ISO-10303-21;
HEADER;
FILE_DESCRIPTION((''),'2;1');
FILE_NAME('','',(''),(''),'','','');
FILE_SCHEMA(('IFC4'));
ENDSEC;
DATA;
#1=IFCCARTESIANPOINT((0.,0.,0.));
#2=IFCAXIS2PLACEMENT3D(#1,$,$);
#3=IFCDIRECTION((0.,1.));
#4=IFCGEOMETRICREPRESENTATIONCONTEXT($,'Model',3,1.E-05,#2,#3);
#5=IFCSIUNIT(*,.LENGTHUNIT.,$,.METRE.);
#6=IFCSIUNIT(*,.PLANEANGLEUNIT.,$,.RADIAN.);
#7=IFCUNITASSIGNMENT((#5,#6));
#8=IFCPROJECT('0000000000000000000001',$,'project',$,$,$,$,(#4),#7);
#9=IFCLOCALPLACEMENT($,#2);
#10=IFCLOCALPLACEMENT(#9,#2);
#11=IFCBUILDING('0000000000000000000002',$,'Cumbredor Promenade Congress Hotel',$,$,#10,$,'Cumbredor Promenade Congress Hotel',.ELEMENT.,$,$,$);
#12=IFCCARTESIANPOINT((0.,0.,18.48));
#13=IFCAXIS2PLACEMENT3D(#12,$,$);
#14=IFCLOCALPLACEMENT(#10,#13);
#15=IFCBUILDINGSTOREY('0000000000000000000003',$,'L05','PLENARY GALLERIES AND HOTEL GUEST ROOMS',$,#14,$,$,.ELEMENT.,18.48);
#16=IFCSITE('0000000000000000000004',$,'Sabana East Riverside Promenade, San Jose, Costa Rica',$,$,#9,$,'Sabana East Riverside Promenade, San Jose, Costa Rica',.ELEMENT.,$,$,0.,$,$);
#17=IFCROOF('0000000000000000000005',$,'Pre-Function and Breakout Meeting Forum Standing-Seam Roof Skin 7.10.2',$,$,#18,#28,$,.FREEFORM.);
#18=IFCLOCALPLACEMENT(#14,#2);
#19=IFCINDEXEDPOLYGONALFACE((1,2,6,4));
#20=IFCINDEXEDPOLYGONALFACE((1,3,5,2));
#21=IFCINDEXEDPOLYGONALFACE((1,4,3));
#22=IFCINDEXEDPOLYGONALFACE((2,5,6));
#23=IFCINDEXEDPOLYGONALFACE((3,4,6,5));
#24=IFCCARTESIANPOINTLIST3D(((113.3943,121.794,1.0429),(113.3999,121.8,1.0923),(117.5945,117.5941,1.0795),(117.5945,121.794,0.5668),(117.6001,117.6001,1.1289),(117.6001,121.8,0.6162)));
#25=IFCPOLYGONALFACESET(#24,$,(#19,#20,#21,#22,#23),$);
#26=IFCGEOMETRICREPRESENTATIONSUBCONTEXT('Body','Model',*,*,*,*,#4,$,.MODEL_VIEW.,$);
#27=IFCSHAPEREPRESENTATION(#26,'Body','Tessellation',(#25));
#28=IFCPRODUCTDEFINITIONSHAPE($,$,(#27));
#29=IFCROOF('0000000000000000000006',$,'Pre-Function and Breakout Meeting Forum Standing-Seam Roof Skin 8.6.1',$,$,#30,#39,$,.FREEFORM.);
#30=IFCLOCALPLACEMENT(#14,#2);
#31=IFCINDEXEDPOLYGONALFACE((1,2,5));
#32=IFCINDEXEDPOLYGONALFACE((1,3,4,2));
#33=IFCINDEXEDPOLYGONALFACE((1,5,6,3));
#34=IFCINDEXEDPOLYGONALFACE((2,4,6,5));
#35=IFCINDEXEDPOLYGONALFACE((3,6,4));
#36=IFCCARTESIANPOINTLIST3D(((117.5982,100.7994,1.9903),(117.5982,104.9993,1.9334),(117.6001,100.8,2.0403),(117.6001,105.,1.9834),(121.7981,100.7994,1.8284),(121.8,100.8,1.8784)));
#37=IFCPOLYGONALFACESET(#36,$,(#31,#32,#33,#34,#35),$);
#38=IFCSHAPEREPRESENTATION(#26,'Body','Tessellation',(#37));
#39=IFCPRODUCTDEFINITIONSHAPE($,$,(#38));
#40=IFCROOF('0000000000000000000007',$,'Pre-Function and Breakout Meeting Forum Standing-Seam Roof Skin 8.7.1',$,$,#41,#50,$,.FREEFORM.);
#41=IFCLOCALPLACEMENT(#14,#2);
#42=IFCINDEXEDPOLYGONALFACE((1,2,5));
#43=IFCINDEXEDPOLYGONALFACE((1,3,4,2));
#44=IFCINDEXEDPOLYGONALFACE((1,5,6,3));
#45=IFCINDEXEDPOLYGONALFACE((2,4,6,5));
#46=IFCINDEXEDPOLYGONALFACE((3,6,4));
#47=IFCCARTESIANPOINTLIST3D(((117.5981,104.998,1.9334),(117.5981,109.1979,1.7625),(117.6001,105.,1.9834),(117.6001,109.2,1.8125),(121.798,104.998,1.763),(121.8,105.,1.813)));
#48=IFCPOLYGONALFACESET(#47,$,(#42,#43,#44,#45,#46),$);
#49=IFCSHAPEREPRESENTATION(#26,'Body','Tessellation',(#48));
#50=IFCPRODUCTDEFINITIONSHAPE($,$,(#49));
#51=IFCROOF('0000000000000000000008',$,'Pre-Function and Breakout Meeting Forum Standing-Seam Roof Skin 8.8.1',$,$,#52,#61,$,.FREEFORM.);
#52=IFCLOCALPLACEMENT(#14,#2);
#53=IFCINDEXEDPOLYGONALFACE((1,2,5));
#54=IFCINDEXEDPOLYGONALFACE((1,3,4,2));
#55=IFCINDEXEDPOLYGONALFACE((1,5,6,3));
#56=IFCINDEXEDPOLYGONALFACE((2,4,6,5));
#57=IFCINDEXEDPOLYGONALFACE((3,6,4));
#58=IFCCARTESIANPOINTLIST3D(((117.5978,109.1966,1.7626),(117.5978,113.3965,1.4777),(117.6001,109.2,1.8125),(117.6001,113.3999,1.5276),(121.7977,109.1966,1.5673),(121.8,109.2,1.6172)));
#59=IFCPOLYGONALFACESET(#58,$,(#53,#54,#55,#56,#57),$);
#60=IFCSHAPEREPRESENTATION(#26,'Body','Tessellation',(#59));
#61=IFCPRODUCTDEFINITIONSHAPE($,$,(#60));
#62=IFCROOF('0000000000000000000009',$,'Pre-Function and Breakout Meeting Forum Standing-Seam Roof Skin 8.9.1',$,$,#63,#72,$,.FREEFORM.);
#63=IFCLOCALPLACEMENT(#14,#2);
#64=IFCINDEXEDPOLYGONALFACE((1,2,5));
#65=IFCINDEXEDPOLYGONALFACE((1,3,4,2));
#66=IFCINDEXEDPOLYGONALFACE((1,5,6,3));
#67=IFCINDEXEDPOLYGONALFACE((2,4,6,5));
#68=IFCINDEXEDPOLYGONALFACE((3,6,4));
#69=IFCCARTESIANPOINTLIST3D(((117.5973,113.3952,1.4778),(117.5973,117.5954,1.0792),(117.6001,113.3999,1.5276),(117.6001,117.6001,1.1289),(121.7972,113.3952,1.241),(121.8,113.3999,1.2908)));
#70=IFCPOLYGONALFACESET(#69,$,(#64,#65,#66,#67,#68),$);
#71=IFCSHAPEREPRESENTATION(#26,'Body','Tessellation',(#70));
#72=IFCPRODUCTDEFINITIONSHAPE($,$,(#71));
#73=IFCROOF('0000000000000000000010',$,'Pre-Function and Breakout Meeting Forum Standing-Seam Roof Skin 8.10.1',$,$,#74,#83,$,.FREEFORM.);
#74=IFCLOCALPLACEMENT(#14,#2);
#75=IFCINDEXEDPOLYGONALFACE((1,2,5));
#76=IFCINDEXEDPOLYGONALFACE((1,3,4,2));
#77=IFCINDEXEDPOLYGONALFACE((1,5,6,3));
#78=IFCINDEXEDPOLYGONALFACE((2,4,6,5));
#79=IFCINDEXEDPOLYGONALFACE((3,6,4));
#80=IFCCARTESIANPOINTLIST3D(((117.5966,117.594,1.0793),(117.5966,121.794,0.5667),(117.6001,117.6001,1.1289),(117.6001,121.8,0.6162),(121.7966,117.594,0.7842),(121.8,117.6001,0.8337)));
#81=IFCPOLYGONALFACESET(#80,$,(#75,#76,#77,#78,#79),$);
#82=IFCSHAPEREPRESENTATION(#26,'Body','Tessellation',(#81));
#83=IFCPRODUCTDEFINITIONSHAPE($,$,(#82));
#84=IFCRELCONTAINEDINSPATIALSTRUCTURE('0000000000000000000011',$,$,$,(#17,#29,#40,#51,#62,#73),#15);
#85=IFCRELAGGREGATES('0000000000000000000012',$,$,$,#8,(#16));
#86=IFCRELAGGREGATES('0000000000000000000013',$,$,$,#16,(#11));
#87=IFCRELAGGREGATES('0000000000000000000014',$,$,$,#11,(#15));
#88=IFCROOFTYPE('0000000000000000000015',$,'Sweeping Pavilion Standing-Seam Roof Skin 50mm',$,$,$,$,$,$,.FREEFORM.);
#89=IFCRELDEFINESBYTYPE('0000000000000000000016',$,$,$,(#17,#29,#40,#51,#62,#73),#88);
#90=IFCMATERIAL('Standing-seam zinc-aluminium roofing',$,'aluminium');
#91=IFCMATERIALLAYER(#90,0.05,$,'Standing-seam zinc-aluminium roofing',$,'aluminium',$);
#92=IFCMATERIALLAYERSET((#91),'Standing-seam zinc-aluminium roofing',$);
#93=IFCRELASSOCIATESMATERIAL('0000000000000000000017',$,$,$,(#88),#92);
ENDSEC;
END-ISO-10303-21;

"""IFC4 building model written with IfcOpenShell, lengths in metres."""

from ifc_helpers import new_model, si_unit, direction, frame, origin, place, context, subcontext, project, spatial, polyline, outline, extrude, material, layer, layer_set, type_object, element, save


model = new_model("IFC4")

# Units and contexts
model_context = context("Model", 3, precision=1e-05, world=origin(), true_north=direction((0.0, 1.0)))
body_context = subcontext(model_context, "Body", "Model", "MODEL_VIEW")
ifc_project = project(units=[si_unit("LENGTHUNIT", "METRE"), si_unit("PLANEANGLEUNIT", "RADIAN")], contexts=[model_context])

# Site, building, storey
site_placement = place(None, origin())
site = spatial("IfcSite", under=ifc_project, at=site_placement, Name="Sabana East Riverside Promenade, San Jose, Costa Rica", LongName="Sabana East Riverside Promenade, San Jose, Costa Rica", CompositionType="ELEMENT", RefElevation=0.0)
building_placement = place(site_placement, origin())
building = spatial("IfcBuilding", under=site, at=building_placement, Name="Cumbredor Promenade Congress Hotel", LongName="Cumbredor Promenade Congress Hotel", CompositionType="ELEMENT")
storey_placement = place(building_placement, frame((0.0, 0.0, 18.48)))
storey = spatial("IfcBuildingStorey", under=building, at=storey_placement, Name="L05", Description="PLENARY GALLERIES AND HOTEL GUEST ROOMS", CompositionType="ELEMENT", Elevation=18.48)

# Roofs
ifc_material_1 = material(Name="Standing-seam zinc-aluminium roofing", Category="aluminium")
ifc_layer_1 = layer(ifc_material_1, 0.05, Name="Standing-seam zinc-aluminium roofing", Category="aluminium")
ifc_layer_set_1 = layer_set([ifc_layer_1], Name="Standing-seam zinc-aluminium roofing")
roof_type = type_object("IfcRoofType", Name="Sweeping Pavilion Standing-Seam Roof Skin 50mm", PredefinedType="FREEFORM", material=ifc_layer_set_1)
roof_1_placement = place(storey_placement, frame((117.6001, 117.6001, 1.1289), z_axis=(0.111805, 0.120413, 0.986408), x_axis=(0.0, 0.992631, -0.121172)))
element("IfcRoof", 1, at=roof_1_placement, inside=storey, type_object=roof_type, Name="Pre-Function and Breakout Meeting Forum Standing-Seam Roof Skin 7.10.2", PredefinedType="FREEFORM", context=body_context, shape_type="SweptSolid", body=[
    extrude(outline(polyline([(0.0, 0.0), (4.2311, 0.0), (4.1734, 4.2267), (0.0, 0.0)])), origin(), (0.0, 0.0, -1.0), 0.05),
])
roof_2_placement = place(storey_placement, frame((117.6001, 100.8, 2.0403), z_axis=(0.038508, 0.013533, 0.999167), x_axis=(0.999258, 0.0, -0.038511)))
element("IfcRoof", 2, at=roof_2_placement, inside=storey, type_object=roof_type, Name="Pre-Function and Breakout Meeting Forum Standing-Seam Roof Skin 8.6.1", PredefinedType="FREEFORM", context=body_context, shape_type="SweptSolid", body=[
    extrude(outline(polyline([(0.0, 0.0), (4.2031, 0.0), (0.0022, 4.2003), (0.0, 0.0)])), origin(), (0.0, 0.0, -1.0), 0.05),
])
roof_3_placement = place(storey_placement, frame((117.6001, 105.0, 1.9834), z_axis=(0.040507, 0.040624, 0.998353), x_axis=(0.999178, 0.0, -0.040541)))
element("IfcRoof", 3, at=roof_3_placement, inside=storey, type_object=roof_type, Name="Pre-Function and Breakout Meeting Forum Standing-Seam Roof Skin 8.7.1", PredefinedType="FREEFORM", context=body_context, shape_type="SweptSolid", body=[
    extrude(outline(polyline([(0.0, 0.0), (4.2034, 0.0), (0.0069, 4.2034), (0.0, 0.0)])), origin(), (0.0, 0.0, -1.0), 0.05),
])
roof_4_placement = place(storey_placement, frame((117.6001, 109.2, 1.8125), z_axis=(0.046347, 0.067609, 0.996635), x_axis=(0.99892, 0.0, -0.046453)))
element("IfcRoof", 4, at=roof_4_placement, inside=storey, type_object=roof_type, Name="Pre-Function and Breakout Meeting Forum Standing-Seam Roof Skin 8.8.1", PredefinedType="FREEFORM", context=body_context, shape_type="SweptSolid", body=[
    extrude(outline(polyline([(0.0, 0.0), (4.2045, 0.0), (0.0132, 4.2096), (0.0, 0.0)])), origin(), (0.0, 0.0, -1.0), 0.05),
])
roof_5_placement = place(storey_placement, frame((117.6001, 113.3999, 1.5276), z_axis=(0.056045, 0.094347, 0.993961), x_axis=(0.998414, 0.0, -0.056296)))
element("IfcRoof", 5, at=roof_5_placement, inside=storey, type_object=roof_type, Name="Pre-Function and Breakout Meeting Forum Standing-Seam Roof Skin 8.9.1", PredefinedType="FREEFORM", context=body_context, shape_type="SweptSolid", body=[
    extrude(outline(polyline([(0.0, 0.0), (4.2066, 0.0), (0.0224, 4.219), (0.0, 0.0)])), origin(), (0.0, 0.0, -1.0), 0.05),
])
roof_6_placement = place(storey_placement, frame((117.6001, 117.6001, 1.1289), z_axis=(0.069591, 0.120878, 0.990225), x_axis=(0.99754, 0.0, -0.070106)))
element("IfcRoof", 6, at=roof_6_placement, inside=storey, type_object=roof_type, Name="Pre-Function and Breakout Meeting Forum Standing-Seam Roof Skin 8.10.1", PredefinedType="FREEFORM", context=body_context, shape_type="SweptSolid", body=[
    extrude(outline(polyline([(0.0, 0.0), (4.2103, 0.0), (0.0359, 4.231), (0.0, 0.0)])), origin(), (0.0, 0.0, -1.0), 0.05),
])

save(model, "model.ifc")
